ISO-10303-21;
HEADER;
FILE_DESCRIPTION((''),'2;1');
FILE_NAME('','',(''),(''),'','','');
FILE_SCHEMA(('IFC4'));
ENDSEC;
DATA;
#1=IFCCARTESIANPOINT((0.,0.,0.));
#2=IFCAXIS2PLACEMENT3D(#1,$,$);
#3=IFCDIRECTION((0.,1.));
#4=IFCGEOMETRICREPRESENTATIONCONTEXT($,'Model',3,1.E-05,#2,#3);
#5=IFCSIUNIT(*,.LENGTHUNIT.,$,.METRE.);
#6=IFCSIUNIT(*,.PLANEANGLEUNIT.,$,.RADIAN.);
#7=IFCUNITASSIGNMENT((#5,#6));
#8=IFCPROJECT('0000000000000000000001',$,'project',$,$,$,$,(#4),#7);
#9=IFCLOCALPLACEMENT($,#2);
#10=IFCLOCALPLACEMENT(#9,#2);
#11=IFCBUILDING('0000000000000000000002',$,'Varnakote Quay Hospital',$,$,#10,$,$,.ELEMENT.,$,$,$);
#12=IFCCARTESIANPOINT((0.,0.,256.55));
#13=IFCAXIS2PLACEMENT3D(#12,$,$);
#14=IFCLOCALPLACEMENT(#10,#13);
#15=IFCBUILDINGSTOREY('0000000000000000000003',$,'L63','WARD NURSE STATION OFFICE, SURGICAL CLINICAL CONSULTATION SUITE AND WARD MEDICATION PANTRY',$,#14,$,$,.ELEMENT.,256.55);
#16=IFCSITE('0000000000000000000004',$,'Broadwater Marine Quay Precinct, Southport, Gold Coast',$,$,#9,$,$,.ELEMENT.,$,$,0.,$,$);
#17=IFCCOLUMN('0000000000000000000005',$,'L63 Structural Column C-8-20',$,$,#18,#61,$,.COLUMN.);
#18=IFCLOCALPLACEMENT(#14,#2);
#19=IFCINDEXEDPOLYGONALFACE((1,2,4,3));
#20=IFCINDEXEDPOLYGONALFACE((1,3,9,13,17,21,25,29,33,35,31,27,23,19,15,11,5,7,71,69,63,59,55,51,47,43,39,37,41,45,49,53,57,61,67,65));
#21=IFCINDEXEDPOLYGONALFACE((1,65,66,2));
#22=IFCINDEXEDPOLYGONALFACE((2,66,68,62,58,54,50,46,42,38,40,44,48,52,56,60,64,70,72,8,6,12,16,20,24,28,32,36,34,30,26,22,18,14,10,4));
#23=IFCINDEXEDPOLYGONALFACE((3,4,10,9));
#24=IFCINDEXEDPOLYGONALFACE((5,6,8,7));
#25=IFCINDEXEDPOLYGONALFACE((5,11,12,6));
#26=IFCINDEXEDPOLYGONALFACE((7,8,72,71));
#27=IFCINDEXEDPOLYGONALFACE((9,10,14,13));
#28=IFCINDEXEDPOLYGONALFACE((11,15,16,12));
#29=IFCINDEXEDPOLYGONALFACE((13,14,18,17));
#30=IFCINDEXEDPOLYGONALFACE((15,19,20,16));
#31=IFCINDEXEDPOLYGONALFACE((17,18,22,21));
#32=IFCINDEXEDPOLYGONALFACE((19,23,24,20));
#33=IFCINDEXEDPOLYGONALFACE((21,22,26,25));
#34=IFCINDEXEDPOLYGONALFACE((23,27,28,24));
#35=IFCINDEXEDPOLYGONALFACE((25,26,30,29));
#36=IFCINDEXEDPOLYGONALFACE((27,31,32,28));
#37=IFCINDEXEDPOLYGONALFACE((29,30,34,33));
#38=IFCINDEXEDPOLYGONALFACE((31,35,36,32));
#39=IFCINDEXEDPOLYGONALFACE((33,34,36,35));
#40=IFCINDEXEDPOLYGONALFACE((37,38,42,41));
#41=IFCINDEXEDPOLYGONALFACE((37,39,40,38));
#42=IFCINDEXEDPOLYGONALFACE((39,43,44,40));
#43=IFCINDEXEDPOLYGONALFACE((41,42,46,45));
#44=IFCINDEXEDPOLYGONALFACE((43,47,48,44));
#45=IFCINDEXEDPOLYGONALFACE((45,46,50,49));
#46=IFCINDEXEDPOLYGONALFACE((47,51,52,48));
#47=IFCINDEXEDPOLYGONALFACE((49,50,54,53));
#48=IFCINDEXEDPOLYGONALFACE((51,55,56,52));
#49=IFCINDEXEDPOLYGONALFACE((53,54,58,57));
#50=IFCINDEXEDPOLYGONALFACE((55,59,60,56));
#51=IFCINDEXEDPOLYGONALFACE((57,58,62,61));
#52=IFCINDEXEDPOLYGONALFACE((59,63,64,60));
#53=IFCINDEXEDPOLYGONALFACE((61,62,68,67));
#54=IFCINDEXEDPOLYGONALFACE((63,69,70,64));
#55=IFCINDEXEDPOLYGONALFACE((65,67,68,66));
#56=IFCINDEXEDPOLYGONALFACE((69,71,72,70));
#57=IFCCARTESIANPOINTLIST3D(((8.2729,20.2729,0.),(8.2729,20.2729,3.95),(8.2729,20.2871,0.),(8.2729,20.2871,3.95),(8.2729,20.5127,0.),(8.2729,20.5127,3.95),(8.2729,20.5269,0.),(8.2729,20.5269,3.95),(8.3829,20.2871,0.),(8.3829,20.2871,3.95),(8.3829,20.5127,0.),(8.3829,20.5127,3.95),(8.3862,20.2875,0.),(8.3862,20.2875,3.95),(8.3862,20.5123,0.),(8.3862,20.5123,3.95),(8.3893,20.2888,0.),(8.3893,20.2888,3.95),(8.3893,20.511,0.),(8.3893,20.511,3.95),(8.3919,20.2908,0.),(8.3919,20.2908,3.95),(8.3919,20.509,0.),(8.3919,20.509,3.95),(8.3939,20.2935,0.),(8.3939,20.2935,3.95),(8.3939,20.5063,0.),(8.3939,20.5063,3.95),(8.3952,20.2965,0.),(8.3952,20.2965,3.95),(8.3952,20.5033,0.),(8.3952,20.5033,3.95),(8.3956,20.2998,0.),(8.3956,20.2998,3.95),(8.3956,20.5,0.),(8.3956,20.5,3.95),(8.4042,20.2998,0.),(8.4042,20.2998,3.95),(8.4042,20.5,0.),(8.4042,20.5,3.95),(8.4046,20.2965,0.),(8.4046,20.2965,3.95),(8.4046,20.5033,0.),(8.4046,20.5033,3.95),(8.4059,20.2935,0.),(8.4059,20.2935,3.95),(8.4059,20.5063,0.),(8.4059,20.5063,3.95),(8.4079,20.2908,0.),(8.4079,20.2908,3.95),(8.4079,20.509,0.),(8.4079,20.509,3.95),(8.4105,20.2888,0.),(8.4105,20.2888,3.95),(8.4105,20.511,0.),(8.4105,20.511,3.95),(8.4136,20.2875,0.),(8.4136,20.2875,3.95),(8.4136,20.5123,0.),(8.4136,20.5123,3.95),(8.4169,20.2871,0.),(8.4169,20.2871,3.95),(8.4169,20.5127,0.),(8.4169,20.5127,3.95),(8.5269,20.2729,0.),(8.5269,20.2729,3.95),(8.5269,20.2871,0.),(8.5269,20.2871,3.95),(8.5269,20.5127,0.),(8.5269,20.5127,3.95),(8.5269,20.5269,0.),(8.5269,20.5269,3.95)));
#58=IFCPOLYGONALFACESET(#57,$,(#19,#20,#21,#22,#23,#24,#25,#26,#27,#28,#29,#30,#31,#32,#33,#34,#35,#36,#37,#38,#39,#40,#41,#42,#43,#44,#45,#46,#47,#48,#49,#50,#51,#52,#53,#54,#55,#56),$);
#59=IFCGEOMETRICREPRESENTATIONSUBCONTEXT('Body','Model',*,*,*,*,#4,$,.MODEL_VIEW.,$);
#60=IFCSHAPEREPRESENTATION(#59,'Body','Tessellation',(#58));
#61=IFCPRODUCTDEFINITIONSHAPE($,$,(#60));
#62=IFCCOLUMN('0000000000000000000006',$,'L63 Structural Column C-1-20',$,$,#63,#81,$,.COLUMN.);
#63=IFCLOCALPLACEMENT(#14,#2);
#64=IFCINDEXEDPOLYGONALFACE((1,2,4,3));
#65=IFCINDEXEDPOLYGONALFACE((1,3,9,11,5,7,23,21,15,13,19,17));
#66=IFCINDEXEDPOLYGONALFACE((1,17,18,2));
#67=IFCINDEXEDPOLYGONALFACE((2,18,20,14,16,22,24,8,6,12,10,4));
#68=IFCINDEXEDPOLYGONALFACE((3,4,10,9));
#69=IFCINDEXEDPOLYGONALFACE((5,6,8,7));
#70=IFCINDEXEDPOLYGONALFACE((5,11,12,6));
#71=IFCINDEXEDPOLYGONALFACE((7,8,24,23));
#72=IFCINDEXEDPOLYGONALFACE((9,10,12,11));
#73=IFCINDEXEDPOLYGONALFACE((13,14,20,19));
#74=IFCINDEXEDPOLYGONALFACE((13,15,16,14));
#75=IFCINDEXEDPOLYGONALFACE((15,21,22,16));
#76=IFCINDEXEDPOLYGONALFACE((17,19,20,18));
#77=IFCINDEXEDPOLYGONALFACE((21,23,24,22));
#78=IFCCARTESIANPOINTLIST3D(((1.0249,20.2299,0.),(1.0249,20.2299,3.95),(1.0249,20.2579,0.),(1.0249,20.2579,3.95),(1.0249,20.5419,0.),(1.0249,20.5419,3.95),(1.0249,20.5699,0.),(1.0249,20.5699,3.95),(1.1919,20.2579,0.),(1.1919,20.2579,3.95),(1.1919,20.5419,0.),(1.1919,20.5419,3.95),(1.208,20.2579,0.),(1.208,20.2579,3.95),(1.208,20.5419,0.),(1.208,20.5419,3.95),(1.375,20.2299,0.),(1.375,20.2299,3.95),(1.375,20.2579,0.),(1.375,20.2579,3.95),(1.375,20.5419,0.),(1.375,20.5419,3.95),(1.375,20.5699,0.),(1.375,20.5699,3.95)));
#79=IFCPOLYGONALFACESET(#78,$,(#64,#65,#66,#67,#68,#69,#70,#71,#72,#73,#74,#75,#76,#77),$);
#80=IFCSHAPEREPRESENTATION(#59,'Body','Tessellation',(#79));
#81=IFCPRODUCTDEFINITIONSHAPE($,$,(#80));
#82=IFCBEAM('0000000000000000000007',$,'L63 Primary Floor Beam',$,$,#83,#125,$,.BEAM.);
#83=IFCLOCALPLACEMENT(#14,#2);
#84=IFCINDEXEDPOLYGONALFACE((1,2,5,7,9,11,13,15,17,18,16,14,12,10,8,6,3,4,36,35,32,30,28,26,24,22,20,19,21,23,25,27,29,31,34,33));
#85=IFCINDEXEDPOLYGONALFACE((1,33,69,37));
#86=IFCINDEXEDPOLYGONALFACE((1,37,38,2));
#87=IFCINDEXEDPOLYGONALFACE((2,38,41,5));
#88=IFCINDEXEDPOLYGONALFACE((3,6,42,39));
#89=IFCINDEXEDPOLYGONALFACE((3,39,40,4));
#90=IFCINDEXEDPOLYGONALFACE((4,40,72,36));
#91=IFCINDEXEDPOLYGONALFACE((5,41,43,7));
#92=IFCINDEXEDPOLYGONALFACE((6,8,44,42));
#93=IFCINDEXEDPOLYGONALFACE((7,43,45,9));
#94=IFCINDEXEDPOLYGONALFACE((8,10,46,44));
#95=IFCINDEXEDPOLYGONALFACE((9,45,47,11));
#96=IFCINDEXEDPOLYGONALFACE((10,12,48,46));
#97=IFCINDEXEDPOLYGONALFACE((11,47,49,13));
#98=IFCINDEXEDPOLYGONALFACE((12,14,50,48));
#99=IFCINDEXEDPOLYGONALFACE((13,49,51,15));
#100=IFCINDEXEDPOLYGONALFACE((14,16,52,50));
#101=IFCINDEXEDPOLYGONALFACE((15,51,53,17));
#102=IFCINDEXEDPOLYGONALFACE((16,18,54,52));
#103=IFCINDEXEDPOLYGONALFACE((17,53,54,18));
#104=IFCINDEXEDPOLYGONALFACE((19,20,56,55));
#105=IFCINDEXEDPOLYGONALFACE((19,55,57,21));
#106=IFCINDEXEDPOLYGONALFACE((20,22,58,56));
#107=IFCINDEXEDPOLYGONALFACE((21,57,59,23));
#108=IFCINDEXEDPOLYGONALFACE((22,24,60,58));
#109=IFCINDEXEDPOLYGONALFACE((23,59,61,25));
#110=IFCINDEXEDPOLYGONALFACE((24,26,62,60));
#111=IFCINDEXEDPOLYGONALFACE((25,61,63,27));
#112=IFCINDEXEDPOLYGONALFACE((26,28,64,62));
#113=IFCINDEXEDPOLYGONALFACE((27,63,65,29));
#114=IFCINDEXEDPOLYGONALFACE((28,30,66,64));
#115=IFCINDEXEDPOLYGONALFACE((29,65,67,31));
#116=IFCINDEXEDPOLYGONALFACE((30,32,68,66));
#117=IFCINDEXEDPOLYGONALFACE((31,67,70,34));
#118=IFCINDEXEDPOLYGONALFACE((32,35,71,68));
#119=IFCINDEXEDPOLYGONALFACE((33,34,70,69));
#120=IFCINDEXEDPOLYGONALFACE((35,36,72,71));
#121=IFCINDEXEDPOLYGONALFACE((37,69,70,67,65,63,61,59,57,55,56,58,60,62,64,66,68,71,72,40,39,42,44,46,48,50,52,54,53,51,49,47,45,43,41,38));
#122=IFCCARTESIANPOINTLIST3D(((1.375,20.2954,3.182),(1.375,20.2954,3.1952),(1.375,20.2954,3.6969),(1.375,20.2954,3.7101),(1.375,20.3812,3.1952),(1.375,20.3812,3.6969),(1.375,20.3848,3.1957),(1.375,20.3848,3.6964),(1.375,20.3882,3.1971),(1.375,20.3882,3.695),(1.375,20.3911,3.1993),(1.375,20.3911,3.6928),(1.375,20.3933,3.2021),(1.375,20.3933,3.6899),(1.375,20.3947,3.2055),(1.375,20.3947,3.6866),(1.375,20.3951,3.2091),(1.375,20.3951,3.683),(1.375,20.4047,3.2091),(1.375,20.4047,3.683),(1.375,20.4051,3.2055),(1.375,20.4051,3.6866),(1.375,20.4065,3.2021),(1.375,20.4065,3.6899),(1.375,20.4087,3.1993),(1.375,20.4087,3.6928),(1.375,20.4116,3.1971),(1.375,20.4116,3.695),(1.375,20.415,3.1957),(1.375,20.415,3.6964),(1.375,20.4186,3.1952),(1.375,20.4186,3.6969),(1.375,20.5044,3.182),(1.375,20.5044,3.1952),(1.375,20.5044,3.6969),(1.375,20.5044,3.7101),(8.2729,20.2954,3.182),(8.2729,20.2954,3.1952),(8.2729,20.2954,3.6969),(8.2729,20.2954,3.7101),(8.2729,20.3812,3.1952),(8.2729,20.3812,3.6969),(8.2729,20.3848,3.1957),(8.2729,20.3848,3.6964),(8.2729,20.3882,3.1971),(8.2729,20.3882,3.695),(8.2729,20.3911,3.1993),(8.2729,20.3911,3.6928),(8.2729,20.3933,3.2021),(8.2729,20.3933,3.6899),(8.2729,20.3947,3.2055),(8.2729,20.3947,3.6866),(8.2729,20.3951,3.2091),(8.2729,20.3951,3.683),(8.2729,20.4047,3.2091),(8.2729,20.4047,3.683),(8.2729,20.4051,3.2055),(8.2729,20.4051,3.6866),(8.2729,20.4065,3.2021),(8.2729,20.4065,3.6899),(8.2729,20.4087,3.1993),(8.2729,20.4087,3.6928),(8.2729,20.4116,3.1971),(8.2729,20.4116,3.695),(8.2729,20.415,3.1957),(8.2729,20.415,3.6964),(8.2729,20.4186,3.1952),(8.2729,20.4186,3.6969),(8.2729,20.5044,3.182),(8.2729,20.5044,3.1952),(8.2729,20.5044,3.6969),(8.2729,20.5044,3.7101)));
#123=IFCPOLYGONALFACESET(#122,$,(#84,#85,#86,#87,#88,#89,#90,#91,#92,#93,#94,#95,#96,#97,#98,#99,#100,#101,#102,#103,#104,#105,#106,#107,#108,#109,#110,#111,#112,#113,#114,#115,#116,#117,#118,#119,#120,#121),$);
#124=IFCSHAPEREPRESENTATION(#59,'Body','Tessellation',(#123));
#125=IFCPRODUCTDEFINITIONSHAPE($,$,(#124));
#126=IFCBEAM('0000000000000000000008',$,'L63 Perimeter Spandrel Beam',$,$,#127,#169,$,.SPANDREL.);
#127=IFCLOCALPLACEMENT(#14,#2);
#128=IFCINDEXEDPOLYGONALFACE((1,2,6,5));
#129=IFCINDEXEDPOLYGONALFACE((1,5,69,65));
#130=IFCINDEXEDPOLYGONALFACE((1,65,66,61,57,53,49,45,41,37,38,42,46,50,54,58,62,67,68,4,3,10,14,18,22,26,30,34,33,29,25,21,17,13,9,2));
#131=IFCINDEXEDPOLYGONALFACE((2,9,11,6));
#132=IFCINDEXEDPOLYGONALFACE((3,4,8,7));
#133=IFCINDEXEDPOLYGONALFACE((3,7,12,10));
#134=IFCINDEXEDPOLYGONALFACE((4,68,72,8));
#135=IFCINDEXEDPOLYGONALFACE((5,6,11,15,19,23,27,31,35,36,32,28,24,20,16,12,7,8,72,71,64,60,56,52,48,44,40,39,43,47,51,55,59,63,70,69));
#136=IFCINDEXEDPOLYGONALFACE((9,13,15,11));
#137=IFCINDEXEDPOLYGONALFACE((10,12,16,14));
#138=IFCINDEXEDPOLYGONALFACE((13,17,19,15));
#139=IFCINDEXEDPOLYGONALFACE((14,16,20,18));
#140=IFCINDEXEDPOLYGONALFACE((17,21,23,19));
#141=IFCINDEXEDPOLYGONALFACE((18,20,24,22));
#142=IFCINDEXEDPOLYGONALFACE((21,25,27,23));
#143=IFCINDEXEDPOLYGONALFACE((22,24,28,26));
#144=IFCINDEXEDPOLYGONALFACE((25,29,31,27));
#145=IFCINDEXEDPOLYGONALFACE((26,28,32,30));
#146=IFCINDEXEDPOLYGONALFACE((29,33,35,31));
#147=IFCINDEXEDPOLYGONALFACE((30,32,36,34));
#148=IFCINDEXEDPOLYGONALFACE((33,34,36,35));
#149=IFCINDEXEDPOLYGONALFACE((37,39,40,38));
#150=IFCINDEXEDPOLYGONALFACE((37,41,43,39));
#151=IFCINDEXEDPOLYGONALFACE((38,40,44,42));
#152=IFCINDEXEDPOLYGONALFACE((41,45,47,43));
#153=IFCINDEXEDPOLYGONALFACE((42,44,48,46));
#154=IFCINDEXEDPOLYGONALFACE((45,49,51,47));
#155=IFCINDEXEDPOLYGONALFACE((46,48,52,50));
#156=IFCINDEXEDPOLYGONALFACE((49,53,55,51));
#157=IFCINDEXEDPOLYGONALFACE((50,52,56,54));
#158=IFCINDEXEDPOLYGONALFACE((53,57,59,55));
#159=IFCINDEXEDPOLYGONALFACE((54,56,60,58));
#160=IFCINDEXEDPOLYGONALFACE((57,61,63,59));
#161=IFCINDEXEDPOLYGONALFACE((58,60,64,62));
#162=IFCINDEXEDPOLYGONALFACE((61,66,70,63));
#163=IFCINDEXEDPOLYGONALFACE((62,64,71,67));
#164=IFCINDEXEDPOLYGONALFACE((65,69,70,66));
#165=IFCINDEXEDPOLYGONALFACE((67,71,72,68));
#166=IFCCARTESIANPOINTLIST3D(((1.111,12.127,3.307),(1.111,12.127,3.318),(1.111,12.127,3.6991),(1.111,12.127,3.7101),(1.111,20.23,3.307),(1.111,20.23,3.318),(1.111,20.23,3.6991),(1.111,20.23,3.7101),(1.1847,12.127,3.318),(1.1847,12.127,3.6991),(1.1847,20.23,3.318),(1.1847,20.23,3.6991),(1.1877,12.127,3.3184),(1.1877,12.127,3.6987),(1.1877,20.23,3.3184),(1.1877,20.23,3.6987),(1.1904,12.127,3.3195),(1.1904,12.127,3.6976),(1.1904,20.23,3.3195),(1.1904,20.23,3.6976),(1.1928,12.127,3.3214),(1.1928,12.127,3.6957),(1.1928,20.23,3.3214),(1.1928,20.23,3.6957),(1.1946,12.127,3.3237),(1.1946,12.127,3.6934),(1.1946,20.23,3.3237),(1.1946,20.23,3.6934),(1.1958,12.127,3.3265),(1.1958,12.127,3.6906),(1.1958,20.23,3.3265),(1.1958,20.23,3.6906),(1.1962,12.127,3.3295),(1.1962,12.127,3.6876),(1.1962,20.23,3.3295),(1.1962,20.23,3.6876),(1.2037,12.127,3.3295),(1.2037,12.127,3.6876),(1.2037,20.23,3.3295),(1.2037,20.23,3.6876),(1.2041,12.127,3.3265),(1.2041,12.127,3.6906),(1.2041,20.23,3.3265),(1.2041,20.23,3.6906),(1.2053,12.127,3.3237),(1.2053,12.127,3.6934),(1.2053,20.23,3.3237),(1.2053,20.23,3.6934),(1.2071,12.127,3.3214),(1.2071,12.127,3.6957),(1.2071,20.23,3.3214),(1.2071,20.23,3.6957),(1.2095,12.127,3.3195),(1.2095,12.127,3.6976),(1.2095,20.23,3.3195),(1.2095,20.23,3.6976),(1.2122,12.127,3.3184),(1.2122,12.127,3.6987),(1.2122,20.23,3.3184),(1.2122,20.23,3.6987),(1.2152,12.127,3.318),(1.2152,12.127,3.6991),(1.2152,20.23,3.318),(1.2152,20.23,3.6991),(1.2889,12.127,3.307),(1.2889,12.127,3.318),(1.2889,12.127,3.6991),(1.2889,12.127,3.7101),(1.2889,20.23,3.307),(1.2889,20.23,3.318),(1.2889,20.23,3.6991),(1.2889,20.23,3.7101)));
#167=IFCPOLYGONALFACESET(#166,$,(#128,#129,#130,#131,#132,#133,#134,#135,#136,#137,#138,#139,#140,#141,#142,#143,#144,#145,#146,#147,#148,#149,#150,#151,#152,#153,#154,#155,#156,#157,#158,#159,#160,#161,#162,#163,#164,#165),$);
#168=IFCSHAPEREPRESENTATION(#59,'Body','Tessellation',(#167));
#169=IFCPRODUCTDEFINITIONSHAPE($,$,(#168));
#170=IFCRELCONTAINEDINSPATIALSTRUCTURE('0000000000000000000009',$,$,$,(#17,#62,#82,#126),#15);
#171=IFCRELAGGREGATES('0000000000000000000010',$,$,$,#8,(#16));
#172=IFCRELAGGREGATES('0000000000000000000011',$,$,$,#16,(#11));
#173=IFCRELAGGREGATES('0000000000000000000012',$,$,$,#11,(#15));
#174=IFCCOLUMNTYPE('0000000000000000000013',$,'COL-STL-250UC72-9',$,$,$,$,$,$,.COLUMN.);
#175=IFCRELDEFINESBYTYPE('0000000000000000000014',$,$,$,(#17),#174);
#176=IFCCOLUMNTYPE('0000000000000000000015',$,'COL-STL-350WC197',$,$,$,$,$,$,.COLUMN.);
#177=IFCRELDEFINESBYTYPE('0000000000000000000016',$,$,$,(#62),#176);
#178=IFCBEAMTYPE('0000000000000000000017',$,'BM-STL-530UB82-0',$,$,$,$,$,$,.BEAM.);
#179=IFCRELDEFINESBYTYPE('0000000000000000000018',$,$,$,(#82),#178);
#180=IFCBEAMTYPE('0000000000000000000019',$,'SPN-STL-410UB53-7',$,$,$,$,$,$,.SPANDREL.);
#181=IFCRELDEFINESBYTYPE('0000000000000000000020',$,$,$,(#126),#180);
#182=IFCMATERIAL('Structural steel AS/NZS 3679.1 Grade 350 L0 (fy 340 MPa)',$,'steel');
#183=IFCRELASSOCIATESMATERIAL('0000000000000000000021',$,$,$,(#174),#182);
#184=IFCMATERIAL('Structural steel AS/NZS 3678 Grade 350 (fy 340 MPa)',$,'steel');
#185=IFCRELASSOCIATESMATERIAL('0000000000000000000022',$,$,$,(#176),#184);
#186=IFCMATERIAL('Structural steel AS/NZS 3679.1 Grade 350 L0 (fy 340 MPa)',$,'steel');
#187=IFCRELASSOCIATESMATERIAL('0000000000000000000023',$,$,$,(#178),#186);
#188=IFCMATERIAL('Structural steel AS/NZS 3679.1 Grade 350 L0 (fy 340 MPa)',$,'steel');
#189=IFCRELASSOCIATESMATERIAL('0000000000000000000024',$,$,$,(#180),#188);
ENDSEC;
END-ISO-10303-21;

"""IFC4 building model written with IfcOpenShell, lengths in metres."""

from ifc_helpers import new_model, si_unit, direction, frame, origin, origin_2d, place, context, subcontext, project, spatial, i_section, extrude, material, material_profile, profile_set, type_object, element, save


model = new_model("IFC4")

# Units and contexts
model_context = context("Model", 3, precision=1e-05, world=origin(), true_north=direction((0.0, 1.0)))
body_context = subcontext(model_context, "Body", "Model", "MODEL_VIEW")
ifc_project = project(units=[si_unit("LENGTHUNIT", "METRE"), si_unit("PLANEANGLEUNIT", "RADIAN")], contexts=[model_context])

# Site, building, storey
site_placement = place(None, origin())
site = spatial("IfcSite", under=ifc_project, at=site_placement, Name="Broadwater Marine Quay Precinct, Southport, Gold Coast", CompositionType="ELEMENT", RefElevation=0.0)
building_placement = place(site_placement, origin())
building = spatial("IfcBuilding", under=site, at=building_placement, Name="Varnakote Quay Hospital", CompositionType="ELEMENT")
storey_placement = place(building_placement, frame((0.0, 0.0, 256.55)))
storey = spatial("IfcBuildingStorey", under=building, at=storey_placement, Name="L63", Description="WARD NURSE STATION OFFICE, SURGICAL CLINICAL CONSULTATION SUITE AND WARD MEDICATION PANTRY", CompositionType="ELEMENT", Elevation=256.55)

# Columns
ifc_material_1 = material(Name="Structural steel AS/NZS 3679.1 Grade 350 L0 (fy 340 MPa)", Category="steel")
ifc_material_profile_1 = material_profile(ifc_material_1, i_section(OverallWidth=0.2539, OverallDepth=0.2539, WebThickness=0.0085, FlangeThickness=0.0142, FilletRadius=0.0127, at=origin_2d()), Name="250UC72.9")
ifc_profile_set_1 = profile_set([ifc_material_profile_1], Name="Structural steel AS/NZS 3679.1 Grade 350 L0 (fy 340 MPa)")
column_type_1 = type_object("IfcColumnType", Name="COL-STL-250UC72-9", PredefinedType="COLUMN", material=ifc_profile_set_1)
column_1_placement = place(storey_placement, frame((8.3999, 20.3999, 0.0), z_axis=(0.0, 0.0, 1.0), x_axis=(1.0, 0.0, 0.0)))
element("IfcColumn", 1, at=column_1_placement, inside=storey, type_object=column_type_1, Name="L63 Structural Column C-8-20", PredefinedType="COLUMN", context=body_context, shape_type="SweptSolid", body=[
    extrude(i_section(OverallWidth=0.2539, OverallDepth=0.2539, WebThickness=0.0085, FlangeThickness=0.0142, FilletRadius=0.0127, at=origin_2d()), origin(), (0.0, 0.0, 1.0), 3.95),
])
ifc_material_2 = material(Name="Structural steel AS/NZS 3678 Grade 350 (fy 340 MPa)", Category="steel")
ifc_material_profile_2 = material_profile(ifc_material_2, i_section(OverallWidth=0.3501, OverallDepth=0.3401, WebThickness=0.0161, FlangeThickness=0.0281, at=origin_2d()), Name="350WC197")
ifc_profile_set_2 = profile_set([ifc_material_profile_2], Name="Structural steel AS/NZS 3678 Grade 350 (fy 340 MPa)")
column_type_2 = type_object("IfcColumnType", Name="COL-STL-350WC197", PredefinedType="COLUMN", material=ifc_profile_set_2)
column_2_placement = place(storey_placement, frame((1.2, 20.3999, 0.0), z_axis=(0.0, 0.0, 1.0), x_axis=(1.0, 0.0, 0.0)))
element("IfcColumn", 2, at=column_2_placement, inside=storey, type_object=column_type_2, Name="L63 Structural Column C-1-20", PredefinedType="COLUMN", context=body_context, shape_type="SweptSolid", body=[
    extrude(i_section(OverallWidth=0.3501, OverallDepth=0.3401, WebThickness=0.0161, FlangeThickness=0.0281, at=origin_2d()), origin(), (0.0, 0.0, 1.0), 3.95),
])

# Beams
ifc_material_3 = material(Name="Structural steel AS/NZS 3679.1 Grade 350 L0 (fy 340 MPa)", Category="steel")
ifc_material_profile_3 = material_profile(ifc_material_3, i_section(OverallWidth=0.209, OverallDepth=0.5281, WebThickness=0.0095, FlangeThickness=0.0132, FilletRadius=0.0139, at=origin_2d()), Name="530UB82.0")
ifc_profile_set_3 = profile_set([ifc_material_profile_3], Name="Structural steel AS/NZS 3679.1 Grade 350 L0 (fy 340 MPa)")
beam_type_1 = type_object("IfcBeamType", Name="BM-STL-530UB82-0", PredefinedType="BEAM", material=ifc_profile_set_3)
beam_1_placement = place(storey_placement, frame((1.375, 20.3999, 3.446), z_axis=(1.0, 0.0, 0.0), x_axis=(0.0, 1.0, 0.0)))
element("IfcBeam", 3, at=beam_1_placement, inside=storey, type_object=beam_type_1, Name="L63 Primary Floor Beam", PredefinedType="BEAM", context=body_context, shape_type="SweptSolid", body=[
    extrude(i_section(OverallWidth=0.209, OverallDepth=0.5281, WebThickness=0.0095, FlangeThickness=0.0132, FilletRadius=0.0139, at=origin_2d()), origin(), (0.0, 0.0, 1.0), 6.8979),
])
ifc_material_4 = material(Name="Structural steel AS/NZS 3679.1 Grade 350 L0 (fy 340 MPa)", Category="steel")
ifc_material_profile_4 = material_profile(ifc_material_4, i_section(OverallWidth=0.178, OverallDepth=0.4031, WebThickness=0.0076, FlangeThickness=0.011, FilletRadius=0.0115, at=origin_2d()), Name="410UB53.7")
ifc_profile_set_4 = profile_set([ifc_material_profile_4], Name="Structural steel AS/NZS 3679.1 Grade 350 L0 (fy 340 MPa)")
beam_type_2 = type_object("IfcBeamType", Name="SPN-STL-410UB53-7", PredefinedType="SPANDREL", material=ifc_profile_set_4)
beam_2_placement = place(storey_placement, frame((1.2, 12.127, 3.5085), z_axis=(0.0, 1.0, 0.0), x_axis=(-1.0, 0.0, 0.0)))
element("IfcBeam", 4, at=beam_2_placement, inside=storey, type_object=beam_type_2, Name="L63 Perimeter Spandrel Beam", PredefinedType="SPANDREL", context=body_context, shape_type="SweptSolid", body=[
    extrude(i_section(OverallWidth=0.178, OverallDepth=0.4031, WebThickness=0.0076, FlangeThickness=0.011, FilletRadius=0.0115, at=origin_2d()), origin(), (0.0, 0.0, 1.0), 8.103),
])

save(model, "model.ifc")
